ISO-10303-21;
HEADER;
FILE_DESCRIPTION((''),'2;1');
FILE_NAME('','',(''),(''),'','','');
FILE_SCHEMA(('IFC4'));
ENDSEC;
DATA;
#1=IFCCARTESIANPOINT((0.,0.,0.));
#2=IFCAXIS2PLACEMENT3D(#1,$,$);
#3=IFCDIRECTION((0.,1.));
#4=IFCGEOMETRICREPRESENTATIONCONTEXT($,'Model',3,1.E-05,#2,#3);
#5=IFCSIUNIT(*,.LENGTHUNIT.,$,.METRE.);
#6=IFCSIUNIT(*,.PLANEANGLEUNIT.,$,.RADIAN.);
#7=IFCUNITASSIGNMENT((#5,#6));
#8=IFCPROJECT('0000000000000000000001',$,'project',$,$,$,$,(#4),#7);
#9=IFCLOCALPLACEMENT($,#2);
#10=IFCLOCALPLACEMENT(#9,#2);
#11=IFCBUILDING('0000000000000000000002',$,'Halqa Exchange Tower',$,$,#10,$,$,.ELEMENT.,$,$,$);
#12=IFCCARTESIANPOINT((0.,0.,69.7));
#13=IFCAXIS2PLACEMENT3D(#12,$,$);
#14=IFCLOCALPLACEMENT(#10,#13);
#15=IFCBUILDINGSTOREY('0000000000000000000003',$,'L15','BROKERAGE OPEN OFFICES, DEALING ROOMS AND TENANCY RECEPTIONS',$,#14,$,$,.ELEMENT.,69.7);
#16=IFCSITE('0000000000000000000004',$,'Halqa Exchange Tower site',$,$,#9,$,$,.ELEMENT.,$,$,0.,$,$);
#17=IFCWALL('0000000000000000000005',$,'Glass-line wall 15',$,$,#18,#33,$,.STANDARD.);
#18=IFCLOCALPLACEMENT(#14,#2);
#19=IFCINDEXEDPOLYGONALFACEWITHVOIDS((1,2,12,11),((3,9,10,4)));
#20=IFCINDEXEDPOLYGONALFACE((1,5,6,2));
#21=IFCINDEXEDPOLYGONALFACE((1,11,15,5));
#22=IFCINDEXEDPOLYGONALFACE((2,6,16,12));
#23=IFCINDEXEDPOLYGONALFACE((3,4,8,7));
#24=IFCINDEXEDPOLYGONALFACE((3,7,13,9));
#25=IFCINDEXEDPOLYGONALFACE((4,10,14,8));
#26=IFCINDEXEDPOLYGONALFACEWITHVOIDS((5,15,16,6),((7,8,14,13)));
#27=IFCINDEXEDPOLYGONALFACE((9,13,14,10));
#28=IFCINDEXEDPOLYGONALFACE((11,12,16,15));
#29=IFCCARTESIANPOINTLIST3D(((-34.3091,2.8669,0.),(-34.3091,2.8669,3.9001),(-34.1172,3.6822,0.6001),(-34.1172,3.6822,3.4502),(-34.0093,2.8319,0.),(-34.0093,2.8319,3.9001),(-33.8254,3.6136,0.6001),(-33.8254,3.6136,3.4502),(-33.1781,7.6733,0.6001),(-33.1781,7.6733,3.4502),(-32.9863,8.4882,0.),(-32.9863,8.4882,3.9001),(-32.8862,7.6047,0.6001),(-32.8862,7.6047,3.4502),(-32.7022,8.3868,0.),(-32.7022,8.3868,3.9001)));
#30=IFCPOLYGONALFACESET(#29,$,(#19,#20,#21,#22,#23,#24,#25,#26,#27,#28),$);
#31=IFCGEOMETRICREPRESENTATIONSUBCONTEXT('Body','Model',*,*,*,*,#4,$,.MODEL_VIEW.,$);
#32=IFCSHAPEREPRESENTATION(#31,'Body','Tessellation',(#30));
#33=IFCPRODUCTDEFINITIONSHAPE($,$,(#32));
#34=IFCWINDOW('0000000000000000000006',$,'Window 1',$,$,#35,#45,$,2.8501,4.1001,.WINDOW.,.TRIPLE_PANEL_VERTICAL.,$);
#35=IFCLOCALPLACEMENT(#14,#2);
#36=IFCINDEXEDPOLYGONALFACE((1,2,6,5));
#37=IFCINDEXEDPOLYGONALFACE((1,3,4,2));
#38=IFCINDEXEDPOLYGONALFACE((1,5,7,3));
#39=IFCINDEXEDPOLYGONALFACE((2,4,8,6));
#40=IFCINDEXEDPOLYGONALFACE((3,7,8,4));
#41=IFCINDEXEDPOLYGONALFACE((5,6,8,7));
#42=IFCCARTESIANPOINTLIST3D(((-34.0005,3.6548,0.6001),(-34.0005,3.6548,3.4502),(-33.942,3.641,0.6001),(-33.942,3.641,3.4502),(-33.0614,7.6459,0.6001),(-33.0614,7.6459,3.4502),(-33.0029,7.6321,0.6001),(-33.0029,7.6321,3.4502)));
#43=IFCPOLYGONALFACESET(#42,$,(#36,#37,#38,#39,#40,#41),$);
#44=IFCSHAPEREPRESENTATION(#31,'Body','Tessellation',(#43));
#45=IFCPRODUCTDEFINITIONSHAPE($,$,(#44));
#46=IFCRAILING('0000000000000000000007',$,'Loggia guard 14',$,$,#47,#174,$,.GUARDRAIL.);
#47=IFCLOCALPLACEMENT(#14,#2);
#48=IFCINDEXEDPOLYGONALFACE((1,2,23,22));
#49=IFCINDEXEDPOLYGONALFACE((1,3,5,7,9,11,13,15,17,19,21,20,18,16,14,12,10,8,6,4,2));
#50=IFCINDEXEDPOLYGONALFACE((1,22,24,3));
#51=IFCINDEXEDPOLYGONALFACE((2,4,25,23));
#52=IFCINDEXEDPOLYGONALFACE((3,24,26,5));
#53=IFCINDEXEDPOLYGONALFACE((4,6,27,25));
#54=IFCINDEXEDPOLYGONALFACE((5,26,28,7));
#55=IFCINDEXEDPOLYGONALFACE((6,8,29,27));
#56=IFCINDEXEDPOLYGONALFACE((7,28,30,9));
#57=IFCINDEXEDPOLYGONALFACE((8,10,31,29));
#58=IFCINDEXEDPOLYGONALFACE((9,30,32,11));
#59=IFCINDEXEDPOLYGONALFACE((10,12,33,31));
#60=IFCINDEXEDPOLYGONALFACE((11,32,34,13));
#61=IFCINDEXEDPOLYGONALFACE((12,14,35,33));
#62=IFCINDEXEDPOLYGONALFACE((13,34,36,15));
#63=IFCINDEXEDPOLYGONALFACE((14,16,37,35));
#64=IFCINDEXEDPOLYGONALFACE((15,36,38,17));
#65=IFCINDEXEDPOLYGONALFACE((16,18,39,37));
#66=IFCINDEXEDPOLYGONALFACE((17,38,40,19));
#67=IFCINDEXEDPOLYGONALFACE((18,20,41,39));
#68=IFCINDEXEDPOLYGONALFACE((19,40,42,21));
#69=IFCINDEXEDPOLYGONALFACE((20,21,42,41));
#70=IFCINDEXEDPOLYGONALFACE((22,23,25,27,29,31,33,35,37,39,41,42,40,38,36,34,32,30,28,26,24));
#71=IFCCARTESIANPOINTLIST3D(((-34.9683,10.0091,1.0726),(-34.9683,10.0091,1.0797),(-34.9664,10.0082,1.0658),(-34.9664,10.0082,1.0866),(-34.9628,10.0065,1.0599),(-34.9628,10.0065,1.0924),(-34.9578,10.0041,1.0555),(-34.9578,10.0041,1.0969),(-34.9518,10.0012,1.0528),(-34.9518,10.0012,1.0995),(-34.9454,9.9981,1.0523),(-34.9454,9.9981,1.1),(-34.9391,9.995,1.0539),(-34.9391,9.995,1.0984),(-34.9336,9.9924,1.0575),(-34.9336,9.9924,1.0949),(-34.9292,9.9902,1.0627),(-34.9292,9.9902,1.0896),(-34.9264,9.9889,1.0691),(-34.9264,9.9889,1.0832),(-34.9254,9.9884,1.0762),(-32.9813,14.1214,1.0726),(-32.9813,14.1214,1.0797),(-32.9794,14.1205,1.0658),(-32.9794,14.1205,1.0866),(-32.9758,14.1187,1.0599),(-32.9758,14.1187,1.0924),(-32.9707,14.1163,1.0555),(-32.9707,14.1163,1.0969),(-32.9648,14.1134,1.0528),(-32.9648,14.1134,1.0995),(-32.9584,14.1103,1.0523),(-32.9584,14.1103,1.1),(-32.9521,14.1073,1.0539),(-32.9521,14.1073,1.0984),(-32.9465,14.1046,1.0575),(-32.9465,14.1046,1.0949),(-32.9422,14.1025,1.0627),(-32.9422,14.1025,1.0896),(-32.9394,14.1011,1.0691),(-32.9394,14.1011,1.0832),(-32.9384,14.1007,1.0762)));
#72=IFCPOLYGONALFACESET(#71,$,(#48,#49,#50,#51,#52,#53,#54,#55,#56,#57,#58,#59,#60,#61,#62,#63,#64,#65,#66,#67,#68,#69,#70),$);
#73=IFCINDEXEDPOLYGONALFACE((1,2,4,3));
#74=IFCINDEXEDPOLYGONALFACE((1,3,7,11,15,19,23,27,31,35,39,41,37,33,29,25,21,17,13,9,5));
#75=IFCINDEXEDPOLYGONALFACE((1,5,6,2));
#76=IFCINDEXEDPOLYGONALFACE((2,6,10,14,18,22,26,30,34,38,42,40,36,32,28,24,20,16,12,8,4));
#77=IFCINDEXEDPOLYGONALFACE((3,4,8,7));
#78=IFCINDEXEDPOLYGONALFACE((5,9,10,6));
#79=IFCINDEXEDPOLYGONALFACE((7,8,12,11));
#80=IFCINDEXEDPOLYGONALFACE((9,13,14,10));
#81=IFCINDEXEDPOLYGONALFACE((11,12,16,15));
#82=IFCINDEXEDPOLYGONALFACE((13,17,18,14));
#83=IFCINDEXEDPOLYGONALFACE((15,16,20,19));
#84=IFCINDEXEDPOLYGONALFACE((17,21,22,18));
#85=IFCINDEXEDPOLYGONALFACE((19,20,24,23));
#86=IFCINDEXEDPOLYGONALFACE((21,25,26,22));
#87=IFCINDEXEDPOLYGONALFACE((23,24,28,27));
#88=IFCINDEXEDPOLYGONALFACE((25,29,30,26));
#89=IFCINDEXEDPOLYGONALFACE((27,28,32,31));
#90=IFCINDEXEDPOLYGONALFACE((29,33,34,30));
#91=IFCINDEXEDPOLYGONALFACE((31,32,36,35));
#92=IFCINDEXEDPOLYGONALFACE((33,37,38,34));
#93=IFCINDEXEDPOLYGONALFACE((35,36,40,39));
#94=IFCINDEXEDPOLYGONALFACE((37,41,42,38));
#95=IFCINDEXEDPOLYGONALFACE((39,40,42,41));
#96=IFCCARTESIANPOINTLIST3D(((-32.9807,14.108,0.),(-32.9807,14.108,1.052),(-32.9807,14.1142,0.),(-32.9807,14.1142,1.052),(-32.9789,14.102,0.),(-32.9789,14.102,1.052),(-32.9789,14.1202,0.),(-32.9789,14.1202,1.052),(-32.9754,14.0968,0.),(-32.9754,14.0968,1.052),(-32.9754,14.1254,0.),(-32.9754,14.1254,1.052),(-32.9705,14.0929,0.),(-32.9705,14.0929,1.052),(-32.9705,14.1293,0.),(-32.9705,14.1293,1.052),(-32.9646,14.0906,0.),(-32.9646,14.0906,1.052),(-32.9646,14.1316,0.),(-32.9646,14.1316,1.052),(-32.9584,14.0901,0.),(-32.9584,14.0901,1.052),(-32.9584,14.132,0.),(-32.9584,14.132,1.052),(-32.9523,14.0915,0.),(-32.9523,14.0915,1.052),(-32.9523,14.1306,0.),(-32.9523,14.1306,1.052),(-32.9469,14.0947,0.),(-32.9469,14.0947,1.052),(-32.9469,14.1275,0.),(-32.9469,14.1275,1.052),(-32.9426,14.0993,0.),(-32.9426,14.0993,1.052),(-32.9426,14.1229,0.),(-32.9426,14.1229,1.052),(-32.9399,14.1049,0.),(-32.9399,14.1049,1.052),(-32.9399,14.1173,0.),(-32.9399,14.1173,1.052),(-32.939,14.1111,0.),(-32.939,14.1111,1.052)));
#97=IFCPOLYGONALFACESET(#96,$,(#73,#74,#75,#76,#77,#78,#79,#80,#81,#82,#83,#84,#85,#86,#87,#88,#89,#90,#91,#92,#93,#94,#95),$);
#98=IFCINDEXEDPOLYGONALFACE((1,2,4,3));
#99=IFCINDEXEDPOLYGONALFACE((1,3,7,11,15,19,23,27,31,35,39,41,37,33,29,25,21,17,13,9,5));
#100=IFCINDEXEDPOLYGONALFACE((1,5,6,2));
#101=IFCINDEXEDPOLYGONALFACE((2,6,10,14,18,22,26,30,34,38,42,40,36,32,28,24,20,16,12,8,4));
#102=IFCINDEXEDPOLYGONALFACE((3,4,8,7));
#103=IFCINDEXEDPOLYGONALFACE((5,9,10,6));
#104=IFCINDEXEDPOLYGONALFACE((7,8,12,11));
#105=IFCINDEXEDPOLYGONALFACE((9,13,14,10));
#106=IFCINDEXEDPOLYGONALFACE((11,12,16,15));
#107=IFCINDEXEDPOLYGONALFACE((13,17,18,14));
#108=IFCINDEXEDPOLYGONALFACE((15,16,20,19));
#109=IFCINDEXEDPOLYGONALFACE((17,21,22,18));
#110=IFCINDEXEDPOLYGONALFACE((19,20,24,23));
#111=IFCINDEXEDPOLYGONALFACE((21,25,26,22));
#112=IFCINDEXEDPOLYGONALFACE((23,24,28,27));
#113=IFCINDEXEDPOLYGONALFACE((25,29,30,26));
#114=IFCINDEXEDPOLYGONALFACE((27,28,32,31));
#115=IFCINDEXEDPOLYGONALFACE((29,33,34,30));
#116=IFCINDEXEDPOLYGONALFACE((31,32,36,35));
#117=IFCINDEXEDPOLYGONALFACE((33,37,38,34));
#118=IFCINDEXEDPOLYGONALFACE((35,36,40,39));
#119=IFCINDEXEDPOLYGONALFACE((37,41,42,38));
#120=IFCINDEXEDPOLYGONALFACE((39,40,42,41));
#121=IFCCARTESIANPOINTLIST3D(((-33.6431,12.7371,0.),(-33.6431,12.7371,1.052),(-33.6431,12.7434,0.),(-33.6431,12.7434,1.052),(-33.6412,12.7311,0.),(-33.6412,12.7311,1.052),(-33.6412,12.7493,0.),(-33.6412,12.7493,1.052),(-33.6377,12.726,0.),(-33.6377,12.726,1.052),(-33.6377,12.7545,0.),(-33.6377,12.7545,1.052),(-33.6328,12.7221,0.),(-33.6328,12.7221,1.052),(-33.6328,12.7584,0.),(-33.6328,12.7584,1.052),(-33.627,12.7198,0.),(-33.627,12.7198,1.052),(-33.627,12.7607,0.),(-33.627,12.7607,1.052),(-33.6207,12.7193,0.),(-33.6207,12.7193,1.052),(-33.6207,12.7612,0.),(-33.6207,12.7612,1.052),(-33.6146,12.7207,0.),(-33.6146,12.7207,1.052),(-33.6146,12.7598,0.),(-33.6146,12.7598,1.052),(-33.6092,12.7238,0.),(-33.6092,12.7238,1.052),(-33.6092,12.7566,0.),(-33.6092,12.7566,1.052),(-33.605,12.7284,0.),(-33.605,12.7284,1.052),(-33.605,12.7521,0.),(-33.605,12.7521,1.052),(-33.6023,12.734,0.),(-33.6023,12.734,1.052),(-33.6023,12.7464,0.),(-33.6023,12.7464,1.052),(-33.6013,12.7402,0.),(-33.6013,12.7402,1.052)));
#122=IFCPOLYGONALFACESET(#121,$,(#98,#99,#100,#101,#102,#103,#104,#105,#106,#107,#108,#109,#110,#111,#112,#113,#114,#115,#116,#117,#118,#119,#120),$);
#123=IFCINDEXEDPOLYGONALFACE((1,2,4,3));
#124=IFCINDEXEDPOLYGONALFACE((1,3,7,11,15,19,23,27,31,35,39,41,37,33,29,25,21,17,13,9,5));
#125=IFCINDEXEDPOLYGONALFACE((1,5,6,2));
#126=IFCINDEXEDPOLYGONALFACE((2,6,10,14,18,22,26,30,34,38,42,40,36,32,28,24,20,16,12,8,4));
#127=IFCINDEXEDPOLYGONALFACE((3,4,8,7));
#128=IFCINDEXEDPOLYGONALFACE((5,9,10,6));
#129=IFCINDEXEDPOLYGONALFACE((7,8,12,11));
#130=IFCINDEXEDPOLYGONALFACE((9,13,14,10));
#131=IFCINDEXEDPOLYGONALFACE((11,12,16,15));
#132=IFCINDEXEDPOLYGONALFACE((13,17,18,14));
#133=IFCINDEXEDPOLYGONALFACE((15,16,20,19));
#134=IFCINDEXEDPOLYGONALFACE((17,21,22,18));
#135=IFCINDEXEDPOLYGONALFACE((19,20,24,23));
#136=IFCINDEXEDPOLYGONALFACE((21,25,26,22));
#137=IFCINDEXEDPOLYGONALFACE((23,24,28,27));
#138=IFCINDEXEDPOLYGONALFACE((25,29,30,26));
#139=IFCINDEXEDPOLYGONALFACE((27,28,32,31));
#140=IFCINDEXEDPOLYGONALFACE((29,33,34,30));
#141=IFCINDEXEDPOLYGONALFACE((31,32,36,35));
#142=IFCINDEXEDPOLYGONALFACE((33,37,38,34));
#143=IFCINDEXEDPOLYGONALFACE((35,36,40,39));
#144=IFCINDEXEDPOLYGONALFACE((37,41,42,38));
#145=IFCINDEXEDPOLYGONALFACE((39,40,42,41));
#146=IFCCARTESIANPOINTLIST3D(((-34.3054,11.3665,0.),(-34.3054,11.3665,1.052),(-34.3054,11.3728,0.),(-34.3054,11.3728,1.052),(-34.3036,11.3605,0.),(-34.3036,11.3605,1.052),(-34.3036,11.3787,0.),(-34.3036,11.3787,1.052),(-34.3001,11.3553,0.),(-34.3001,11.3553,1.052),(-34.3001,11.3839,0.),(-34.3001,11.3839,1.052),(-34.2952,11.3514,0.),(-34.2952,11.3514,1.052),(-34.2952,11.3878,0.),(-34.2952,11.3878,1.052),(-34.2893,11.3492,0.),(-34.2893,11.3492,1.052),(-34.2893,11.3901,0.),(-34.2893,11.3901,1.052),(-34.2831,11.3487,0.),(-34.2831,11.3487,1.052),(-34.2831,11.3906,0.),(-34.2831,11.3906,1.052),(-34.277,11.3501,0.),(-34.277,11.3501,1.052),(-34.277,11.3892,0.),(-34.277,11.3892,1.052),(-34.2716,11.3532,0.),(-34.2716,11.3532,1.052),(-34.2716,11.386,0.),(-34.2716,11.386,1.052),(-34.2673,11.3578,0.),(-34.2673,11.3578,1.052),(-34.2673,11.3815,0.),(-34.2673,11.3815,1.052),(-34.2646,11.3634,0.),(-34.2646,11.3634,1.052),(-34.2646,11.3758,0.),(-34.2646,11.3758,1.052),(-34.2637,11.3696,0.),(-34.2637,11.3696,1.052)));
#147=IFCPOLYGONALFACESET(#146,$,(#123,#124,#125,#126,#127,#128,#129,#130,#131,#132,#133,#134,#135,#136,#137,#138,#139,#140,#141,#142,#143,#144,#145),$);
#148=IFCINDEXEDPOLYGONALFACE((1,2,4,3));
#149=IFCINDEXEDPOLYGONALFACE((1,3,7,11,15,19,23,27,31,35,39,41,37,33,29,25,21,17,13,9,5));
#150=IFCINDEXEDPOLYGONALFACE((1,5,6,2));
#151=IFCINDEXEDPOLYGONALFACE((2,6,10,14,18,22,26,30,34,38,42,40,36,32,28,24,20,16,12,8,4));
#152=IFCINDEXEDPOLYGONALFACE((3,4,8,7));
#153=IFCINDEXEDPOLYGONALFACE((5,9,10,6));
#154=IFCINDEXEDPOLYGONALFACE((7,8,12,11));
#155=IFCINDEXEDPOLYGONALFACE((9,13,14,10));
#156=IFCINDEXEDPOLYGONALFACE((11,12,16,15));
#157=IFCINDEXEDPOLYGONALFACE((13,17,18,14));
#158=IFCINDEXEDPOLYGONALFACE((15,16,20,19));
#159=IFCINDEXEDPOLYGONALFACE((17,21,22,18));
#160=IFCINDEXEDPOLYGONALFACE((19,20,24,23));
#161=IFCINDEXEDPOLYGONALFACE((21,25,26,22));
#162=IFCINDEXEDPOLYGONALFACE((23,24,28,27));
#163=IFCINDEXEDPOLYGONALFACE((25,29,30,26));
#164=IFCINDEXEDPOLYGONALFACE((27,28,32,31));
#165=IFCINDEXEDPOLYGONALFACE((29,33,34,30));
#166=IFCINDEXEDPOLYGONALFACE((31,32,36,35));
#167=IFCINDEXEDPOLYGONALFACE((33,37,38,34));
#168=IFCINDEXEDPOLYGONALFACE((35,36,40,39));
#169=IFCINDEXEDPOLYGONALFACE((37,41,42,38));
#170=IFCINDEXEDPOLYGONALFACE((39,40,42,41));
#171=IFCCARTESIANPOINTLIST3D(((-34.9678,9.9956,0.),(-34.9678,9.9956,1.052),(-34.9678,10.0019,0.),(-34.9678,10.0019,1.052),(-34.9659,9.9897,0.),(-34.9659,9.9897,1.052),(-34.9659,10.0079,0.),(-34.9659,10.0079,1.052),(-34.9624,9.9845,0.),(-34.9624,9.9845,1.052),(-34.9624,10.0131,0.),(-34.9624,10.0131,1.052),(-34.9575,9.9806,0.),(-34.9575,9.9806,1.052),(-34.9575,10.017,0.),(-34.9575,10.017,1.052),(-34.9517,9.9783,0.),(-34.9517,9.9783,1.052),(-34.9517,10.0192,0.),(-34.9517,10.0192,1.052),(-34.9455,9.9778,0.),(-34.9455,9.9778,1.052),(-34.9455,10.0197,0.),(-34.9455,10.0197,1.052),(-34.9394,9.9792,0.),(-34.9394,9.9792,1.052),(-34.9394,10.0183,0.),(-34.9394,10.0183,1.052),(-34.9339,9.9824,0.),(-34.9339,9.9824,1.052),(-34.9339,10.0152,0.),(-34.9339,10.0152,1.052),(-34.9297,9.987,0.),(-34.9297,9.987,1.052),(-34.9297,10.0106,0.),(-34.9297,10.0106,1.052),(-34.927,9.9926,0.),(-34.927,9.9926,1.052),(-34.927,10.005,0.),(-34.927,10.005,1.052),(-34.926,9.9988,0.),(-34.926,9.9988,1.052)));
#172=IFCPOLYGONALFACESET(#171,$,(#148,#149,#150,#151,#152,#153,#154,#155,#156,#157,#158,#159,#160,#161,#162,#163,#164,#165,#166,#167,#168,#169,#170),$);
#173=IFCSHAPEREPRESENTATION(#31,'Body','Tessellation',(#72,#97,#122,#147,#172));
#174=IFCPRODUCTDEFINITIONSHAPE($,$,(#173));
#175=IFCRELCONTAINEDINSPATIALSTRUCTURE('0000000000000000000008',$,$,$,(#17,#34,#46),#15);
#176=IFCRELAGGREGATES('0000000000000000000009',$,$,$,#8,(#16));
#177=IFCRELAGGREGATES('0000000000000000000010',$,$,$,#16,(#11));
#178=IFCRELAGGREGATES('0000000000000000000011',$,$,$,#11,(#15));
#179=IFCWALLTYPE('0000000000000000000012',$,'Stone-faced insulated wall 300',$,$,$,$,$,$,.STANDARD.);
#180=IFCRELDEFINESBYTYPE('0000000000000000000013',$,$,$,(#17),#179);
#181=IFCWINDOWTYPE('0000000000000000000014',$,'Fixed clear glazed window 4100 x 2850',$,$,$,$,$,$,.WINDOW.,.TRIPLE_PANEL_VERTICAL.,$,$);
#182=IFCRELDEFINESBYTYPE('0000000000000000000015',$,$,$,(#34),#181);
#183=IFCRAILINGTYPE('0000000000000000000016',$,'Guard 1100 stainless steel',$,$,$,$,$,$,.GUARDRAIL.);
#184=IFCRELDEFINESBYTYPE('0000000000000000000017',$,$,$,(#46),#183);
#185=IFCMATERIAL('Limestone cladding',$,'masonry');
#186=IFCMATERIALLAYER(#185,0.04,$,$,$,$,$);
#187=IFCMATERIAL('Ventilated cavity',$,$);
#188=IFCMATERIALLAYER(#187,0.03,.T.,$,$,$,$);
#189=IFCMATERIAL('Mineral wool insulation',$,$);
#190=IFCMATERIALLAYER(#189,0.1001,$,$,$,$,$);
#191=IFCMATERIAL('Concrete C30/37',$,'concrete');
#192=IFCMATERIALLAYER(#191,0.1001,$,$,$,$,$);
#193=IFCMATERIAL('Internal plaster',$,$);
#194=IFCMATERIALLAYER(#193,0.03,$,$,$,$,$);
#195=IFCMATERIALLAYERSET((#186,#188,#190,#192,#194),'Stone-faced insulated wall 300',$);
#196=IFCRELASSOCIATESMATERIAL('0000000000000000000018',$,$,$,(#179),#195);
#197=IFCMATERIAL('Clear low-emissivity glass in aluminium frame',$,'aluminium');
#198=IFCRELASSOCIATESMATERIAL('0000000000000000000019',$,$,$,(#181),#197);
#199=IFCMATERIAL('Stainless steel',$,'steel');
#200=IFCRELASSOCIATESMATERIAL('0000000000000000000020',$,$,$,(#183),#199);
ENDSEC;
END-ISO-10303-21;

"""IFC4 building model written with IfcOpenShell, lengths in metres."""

from ifc_helpers import new_model, si_unit, direction, frame, frame_2d, origin, origin_2d, place, context, subcontext, project, spatial, polyline, rectangle, circle, outline, extrude, material, layer, layer_set, type_object, element, fill, save


model = new_model("IFC4")

# Units and contexts
model_context = context("Model", 3, precision=1e-05, world=origin(), true_north=direction((0.0, 1.0)))
body_context = subcontext(model_context, "Body", "Model", "MODEL_VIEW")
ifc_project = project(units=[si_unit("LENGTHUNIT", "METRE"), si_unit("PLANEANGLEUNIT", "RADIAN")], contexts=[model_context])

# Site, building, storey
site_placement = place(None, origin())
site = spatial("IfcSite", under=ifc_project, at=site_placement, Name="Halqa Exchange Tower site", CompositionType="ELEMENT", RefElevation=0.0)
building_placement = place(site_placement, origin())
building = spatial("IfcBuilding", under=site, at=building_placement, Name="Halqa Exchange Tower", CompositionType="ELEMENT")
storey_placement = place(building_placement, frame((0.0, 0.0, 69.7)))
storey = spatial("IfcBuildingStorey", under=building, at=storey_placement, Name="L15", Description="BROKERAGE OPEN OFFICES, DEALING ROOMS AND TENANCY RECEPTIONS", CompositionType="ELEMENT", Elevation=69.7)

# Wall, opening, window
ifc_material_1 = material(Name="Limestone cladding", Category="masonry")
ifc_layer_1 = layer(ifc_material_1, 0.04)
ifc_material_2 = material(Name="Ventilated cavity")
ifc_layer_2 = layer(ifc_material_2, 0.03, ventilated=True)
ifc_material_3 = material(Name="Mineral wool insulation")
ifc_layer_3 = layer(ifc_material_3, 0.1001)
ifc_material_4 = material(Name="Concrete C30/37", Category="concrete")
ifc_layer_4 = layer(ifc_material_4, 0.1001)
ifc_material_5 = material(Name="Internal plaster")
ifc_layer_5 = layer(ifc_material_5, 0.03)
ifc_layer_set_1 = layer_set([ifc_layer_1, ifc_layer_2, ifc_layer_3, ifc_layer_4, ifc_layer_5], Name="Stone-faced insulated wall 300")
wall_type_1 = type_object("IfcWallType", Name="Stone-faced insulated wall 300", PredefinedType="STANDARD", material=ifc_layer_set_1)
ifc_material_6 = material(Name="Clear low-emissivity glass in aluminium frame", Category="aluminium")
window_type = type_object("IfcWindowType", Name="Fixed clear glazed window 4100 x 2850", PartitioningType="TRIPLE_PANEL_VERTICAL", PredefinedType="WINDOW", material=ifc_material_6)
wall_1_placement = place(storey_placement, frame((-32.8442, 8.4375, 0.0), z_axis=(0.0, 0.0, 1.0), x_axis=(-0.229054, -0.973414, 0.0)))
wall_1 = element("IfcWall", 1, at=wall_1_placement, inside=storey, type_object=wall_type_1, Name="Glass-line wall 15", PredefinedType="STANDARD", context=body_context, shape_type="SweptSolid", body=[
    extrude(outline(polyline([(-0.0168, -0.1499), (5.7581, -0.1499), (5.7234, 0.1499), (0.0168, 0.1499), (-0.0168, -0.1499)])), origin(), (0.0, 0.0, 1.0), 3.9001),
])
opening_1_placement = place(wall_1_placement, frame((0.8203, 0.0, 0.6001)))
opening_1 = element("IfcOpeningElement", 2, at=opening_1_placement, cuts=wall_1, PredefinedType="OPENING", context=body_context, shape_type="SweptSolid", body=[
    extrude(rectangle(XDim=4.1001, YDim=2.8501, at=frame_2d((2.05, 1.425))), frame((0.0, 0.1621, 0.0), z_axis=(0.0, -1.0, 0.0), x_axis=(1.0, 0.0, 0.0)), (0.0, 0.0, 1.0), 0.324),
])
window_1_placement = place(opening_1_placement, origin())
window_1 = element("IfcWindow", 3, at=window_1_placement, inside=storey, type_object=window_type, Name="Window 1", OverallHeight=2.8501, OverallWidth=4.1001, PartitioningType="TRIPLE_PANEL_VERTICAL", PredefinedType="WINDOW", context=body_context, shape_type="SweptSolid", body=[
    extrude(rectangle(XDim=4.1001, YDim=2.8501, at=frame_2d((2.05, 1.425))), frame((0.0, 0.03, 0.0), z_axis=(0.0, -1.0, 0.0), x_axis=(1.0, 0.0, 0.0)), (0.0, 0.0, 1.0), 0.0601),
])
fill(opening_1, window_1)

# Railing
ifc_material_7 = material(Name="Stainless steel", Category="steel")
railing_type = type_object("IfcRailingType", Name="Guard 1100 stainless steel", PredefinedType="GUARDRAIL", material=ifc_material_7)
railing_1_placement = place(storey_placement, frame((-32.96, 14.1111, 0.0)))
element("IfcRailing", 4, at=railing_1_placement, inside=storey, type_object=railing_type, Name="Loggia guard 14", PredefinedType="GUARDRAIL", context=body_context, shape_type="SweptSolid", body=[
    extrude(circle(Radius=0.0239, at=origin_2d()), frame((0.0, 0.0, 1.0762), z_axis=(-0.43507, -0.900396, 0.0), x_axis=(0.900396, -0.43507, 0.0)), (0.0, 0.0, 1.0), 4.5671),
    extrude(circle(Radius=0.021, at=origin_2d()), origin(), (0.0, 0.0, 1.0), 1.052),
    extrude(circle(Radius=0.021, at=origin_2d()), frame((-0.6624, -1.3708, 0.0)), (0.0, 0.0, 1.0), 1.052),
    extrude(circle(Radius=0.021, at=origin_2d()), frame((-1.3247, -2.7415, 0.0)), (0.0, 0.0, 1.0), 1.052),
    extrude(circle(Radius=0.021, at=origin_2d()), frame((-1.9871, -4.1123, 0.0)), (0.0, 0.0, 1.0), 1.052),
])

save(model, "model.ifc")
